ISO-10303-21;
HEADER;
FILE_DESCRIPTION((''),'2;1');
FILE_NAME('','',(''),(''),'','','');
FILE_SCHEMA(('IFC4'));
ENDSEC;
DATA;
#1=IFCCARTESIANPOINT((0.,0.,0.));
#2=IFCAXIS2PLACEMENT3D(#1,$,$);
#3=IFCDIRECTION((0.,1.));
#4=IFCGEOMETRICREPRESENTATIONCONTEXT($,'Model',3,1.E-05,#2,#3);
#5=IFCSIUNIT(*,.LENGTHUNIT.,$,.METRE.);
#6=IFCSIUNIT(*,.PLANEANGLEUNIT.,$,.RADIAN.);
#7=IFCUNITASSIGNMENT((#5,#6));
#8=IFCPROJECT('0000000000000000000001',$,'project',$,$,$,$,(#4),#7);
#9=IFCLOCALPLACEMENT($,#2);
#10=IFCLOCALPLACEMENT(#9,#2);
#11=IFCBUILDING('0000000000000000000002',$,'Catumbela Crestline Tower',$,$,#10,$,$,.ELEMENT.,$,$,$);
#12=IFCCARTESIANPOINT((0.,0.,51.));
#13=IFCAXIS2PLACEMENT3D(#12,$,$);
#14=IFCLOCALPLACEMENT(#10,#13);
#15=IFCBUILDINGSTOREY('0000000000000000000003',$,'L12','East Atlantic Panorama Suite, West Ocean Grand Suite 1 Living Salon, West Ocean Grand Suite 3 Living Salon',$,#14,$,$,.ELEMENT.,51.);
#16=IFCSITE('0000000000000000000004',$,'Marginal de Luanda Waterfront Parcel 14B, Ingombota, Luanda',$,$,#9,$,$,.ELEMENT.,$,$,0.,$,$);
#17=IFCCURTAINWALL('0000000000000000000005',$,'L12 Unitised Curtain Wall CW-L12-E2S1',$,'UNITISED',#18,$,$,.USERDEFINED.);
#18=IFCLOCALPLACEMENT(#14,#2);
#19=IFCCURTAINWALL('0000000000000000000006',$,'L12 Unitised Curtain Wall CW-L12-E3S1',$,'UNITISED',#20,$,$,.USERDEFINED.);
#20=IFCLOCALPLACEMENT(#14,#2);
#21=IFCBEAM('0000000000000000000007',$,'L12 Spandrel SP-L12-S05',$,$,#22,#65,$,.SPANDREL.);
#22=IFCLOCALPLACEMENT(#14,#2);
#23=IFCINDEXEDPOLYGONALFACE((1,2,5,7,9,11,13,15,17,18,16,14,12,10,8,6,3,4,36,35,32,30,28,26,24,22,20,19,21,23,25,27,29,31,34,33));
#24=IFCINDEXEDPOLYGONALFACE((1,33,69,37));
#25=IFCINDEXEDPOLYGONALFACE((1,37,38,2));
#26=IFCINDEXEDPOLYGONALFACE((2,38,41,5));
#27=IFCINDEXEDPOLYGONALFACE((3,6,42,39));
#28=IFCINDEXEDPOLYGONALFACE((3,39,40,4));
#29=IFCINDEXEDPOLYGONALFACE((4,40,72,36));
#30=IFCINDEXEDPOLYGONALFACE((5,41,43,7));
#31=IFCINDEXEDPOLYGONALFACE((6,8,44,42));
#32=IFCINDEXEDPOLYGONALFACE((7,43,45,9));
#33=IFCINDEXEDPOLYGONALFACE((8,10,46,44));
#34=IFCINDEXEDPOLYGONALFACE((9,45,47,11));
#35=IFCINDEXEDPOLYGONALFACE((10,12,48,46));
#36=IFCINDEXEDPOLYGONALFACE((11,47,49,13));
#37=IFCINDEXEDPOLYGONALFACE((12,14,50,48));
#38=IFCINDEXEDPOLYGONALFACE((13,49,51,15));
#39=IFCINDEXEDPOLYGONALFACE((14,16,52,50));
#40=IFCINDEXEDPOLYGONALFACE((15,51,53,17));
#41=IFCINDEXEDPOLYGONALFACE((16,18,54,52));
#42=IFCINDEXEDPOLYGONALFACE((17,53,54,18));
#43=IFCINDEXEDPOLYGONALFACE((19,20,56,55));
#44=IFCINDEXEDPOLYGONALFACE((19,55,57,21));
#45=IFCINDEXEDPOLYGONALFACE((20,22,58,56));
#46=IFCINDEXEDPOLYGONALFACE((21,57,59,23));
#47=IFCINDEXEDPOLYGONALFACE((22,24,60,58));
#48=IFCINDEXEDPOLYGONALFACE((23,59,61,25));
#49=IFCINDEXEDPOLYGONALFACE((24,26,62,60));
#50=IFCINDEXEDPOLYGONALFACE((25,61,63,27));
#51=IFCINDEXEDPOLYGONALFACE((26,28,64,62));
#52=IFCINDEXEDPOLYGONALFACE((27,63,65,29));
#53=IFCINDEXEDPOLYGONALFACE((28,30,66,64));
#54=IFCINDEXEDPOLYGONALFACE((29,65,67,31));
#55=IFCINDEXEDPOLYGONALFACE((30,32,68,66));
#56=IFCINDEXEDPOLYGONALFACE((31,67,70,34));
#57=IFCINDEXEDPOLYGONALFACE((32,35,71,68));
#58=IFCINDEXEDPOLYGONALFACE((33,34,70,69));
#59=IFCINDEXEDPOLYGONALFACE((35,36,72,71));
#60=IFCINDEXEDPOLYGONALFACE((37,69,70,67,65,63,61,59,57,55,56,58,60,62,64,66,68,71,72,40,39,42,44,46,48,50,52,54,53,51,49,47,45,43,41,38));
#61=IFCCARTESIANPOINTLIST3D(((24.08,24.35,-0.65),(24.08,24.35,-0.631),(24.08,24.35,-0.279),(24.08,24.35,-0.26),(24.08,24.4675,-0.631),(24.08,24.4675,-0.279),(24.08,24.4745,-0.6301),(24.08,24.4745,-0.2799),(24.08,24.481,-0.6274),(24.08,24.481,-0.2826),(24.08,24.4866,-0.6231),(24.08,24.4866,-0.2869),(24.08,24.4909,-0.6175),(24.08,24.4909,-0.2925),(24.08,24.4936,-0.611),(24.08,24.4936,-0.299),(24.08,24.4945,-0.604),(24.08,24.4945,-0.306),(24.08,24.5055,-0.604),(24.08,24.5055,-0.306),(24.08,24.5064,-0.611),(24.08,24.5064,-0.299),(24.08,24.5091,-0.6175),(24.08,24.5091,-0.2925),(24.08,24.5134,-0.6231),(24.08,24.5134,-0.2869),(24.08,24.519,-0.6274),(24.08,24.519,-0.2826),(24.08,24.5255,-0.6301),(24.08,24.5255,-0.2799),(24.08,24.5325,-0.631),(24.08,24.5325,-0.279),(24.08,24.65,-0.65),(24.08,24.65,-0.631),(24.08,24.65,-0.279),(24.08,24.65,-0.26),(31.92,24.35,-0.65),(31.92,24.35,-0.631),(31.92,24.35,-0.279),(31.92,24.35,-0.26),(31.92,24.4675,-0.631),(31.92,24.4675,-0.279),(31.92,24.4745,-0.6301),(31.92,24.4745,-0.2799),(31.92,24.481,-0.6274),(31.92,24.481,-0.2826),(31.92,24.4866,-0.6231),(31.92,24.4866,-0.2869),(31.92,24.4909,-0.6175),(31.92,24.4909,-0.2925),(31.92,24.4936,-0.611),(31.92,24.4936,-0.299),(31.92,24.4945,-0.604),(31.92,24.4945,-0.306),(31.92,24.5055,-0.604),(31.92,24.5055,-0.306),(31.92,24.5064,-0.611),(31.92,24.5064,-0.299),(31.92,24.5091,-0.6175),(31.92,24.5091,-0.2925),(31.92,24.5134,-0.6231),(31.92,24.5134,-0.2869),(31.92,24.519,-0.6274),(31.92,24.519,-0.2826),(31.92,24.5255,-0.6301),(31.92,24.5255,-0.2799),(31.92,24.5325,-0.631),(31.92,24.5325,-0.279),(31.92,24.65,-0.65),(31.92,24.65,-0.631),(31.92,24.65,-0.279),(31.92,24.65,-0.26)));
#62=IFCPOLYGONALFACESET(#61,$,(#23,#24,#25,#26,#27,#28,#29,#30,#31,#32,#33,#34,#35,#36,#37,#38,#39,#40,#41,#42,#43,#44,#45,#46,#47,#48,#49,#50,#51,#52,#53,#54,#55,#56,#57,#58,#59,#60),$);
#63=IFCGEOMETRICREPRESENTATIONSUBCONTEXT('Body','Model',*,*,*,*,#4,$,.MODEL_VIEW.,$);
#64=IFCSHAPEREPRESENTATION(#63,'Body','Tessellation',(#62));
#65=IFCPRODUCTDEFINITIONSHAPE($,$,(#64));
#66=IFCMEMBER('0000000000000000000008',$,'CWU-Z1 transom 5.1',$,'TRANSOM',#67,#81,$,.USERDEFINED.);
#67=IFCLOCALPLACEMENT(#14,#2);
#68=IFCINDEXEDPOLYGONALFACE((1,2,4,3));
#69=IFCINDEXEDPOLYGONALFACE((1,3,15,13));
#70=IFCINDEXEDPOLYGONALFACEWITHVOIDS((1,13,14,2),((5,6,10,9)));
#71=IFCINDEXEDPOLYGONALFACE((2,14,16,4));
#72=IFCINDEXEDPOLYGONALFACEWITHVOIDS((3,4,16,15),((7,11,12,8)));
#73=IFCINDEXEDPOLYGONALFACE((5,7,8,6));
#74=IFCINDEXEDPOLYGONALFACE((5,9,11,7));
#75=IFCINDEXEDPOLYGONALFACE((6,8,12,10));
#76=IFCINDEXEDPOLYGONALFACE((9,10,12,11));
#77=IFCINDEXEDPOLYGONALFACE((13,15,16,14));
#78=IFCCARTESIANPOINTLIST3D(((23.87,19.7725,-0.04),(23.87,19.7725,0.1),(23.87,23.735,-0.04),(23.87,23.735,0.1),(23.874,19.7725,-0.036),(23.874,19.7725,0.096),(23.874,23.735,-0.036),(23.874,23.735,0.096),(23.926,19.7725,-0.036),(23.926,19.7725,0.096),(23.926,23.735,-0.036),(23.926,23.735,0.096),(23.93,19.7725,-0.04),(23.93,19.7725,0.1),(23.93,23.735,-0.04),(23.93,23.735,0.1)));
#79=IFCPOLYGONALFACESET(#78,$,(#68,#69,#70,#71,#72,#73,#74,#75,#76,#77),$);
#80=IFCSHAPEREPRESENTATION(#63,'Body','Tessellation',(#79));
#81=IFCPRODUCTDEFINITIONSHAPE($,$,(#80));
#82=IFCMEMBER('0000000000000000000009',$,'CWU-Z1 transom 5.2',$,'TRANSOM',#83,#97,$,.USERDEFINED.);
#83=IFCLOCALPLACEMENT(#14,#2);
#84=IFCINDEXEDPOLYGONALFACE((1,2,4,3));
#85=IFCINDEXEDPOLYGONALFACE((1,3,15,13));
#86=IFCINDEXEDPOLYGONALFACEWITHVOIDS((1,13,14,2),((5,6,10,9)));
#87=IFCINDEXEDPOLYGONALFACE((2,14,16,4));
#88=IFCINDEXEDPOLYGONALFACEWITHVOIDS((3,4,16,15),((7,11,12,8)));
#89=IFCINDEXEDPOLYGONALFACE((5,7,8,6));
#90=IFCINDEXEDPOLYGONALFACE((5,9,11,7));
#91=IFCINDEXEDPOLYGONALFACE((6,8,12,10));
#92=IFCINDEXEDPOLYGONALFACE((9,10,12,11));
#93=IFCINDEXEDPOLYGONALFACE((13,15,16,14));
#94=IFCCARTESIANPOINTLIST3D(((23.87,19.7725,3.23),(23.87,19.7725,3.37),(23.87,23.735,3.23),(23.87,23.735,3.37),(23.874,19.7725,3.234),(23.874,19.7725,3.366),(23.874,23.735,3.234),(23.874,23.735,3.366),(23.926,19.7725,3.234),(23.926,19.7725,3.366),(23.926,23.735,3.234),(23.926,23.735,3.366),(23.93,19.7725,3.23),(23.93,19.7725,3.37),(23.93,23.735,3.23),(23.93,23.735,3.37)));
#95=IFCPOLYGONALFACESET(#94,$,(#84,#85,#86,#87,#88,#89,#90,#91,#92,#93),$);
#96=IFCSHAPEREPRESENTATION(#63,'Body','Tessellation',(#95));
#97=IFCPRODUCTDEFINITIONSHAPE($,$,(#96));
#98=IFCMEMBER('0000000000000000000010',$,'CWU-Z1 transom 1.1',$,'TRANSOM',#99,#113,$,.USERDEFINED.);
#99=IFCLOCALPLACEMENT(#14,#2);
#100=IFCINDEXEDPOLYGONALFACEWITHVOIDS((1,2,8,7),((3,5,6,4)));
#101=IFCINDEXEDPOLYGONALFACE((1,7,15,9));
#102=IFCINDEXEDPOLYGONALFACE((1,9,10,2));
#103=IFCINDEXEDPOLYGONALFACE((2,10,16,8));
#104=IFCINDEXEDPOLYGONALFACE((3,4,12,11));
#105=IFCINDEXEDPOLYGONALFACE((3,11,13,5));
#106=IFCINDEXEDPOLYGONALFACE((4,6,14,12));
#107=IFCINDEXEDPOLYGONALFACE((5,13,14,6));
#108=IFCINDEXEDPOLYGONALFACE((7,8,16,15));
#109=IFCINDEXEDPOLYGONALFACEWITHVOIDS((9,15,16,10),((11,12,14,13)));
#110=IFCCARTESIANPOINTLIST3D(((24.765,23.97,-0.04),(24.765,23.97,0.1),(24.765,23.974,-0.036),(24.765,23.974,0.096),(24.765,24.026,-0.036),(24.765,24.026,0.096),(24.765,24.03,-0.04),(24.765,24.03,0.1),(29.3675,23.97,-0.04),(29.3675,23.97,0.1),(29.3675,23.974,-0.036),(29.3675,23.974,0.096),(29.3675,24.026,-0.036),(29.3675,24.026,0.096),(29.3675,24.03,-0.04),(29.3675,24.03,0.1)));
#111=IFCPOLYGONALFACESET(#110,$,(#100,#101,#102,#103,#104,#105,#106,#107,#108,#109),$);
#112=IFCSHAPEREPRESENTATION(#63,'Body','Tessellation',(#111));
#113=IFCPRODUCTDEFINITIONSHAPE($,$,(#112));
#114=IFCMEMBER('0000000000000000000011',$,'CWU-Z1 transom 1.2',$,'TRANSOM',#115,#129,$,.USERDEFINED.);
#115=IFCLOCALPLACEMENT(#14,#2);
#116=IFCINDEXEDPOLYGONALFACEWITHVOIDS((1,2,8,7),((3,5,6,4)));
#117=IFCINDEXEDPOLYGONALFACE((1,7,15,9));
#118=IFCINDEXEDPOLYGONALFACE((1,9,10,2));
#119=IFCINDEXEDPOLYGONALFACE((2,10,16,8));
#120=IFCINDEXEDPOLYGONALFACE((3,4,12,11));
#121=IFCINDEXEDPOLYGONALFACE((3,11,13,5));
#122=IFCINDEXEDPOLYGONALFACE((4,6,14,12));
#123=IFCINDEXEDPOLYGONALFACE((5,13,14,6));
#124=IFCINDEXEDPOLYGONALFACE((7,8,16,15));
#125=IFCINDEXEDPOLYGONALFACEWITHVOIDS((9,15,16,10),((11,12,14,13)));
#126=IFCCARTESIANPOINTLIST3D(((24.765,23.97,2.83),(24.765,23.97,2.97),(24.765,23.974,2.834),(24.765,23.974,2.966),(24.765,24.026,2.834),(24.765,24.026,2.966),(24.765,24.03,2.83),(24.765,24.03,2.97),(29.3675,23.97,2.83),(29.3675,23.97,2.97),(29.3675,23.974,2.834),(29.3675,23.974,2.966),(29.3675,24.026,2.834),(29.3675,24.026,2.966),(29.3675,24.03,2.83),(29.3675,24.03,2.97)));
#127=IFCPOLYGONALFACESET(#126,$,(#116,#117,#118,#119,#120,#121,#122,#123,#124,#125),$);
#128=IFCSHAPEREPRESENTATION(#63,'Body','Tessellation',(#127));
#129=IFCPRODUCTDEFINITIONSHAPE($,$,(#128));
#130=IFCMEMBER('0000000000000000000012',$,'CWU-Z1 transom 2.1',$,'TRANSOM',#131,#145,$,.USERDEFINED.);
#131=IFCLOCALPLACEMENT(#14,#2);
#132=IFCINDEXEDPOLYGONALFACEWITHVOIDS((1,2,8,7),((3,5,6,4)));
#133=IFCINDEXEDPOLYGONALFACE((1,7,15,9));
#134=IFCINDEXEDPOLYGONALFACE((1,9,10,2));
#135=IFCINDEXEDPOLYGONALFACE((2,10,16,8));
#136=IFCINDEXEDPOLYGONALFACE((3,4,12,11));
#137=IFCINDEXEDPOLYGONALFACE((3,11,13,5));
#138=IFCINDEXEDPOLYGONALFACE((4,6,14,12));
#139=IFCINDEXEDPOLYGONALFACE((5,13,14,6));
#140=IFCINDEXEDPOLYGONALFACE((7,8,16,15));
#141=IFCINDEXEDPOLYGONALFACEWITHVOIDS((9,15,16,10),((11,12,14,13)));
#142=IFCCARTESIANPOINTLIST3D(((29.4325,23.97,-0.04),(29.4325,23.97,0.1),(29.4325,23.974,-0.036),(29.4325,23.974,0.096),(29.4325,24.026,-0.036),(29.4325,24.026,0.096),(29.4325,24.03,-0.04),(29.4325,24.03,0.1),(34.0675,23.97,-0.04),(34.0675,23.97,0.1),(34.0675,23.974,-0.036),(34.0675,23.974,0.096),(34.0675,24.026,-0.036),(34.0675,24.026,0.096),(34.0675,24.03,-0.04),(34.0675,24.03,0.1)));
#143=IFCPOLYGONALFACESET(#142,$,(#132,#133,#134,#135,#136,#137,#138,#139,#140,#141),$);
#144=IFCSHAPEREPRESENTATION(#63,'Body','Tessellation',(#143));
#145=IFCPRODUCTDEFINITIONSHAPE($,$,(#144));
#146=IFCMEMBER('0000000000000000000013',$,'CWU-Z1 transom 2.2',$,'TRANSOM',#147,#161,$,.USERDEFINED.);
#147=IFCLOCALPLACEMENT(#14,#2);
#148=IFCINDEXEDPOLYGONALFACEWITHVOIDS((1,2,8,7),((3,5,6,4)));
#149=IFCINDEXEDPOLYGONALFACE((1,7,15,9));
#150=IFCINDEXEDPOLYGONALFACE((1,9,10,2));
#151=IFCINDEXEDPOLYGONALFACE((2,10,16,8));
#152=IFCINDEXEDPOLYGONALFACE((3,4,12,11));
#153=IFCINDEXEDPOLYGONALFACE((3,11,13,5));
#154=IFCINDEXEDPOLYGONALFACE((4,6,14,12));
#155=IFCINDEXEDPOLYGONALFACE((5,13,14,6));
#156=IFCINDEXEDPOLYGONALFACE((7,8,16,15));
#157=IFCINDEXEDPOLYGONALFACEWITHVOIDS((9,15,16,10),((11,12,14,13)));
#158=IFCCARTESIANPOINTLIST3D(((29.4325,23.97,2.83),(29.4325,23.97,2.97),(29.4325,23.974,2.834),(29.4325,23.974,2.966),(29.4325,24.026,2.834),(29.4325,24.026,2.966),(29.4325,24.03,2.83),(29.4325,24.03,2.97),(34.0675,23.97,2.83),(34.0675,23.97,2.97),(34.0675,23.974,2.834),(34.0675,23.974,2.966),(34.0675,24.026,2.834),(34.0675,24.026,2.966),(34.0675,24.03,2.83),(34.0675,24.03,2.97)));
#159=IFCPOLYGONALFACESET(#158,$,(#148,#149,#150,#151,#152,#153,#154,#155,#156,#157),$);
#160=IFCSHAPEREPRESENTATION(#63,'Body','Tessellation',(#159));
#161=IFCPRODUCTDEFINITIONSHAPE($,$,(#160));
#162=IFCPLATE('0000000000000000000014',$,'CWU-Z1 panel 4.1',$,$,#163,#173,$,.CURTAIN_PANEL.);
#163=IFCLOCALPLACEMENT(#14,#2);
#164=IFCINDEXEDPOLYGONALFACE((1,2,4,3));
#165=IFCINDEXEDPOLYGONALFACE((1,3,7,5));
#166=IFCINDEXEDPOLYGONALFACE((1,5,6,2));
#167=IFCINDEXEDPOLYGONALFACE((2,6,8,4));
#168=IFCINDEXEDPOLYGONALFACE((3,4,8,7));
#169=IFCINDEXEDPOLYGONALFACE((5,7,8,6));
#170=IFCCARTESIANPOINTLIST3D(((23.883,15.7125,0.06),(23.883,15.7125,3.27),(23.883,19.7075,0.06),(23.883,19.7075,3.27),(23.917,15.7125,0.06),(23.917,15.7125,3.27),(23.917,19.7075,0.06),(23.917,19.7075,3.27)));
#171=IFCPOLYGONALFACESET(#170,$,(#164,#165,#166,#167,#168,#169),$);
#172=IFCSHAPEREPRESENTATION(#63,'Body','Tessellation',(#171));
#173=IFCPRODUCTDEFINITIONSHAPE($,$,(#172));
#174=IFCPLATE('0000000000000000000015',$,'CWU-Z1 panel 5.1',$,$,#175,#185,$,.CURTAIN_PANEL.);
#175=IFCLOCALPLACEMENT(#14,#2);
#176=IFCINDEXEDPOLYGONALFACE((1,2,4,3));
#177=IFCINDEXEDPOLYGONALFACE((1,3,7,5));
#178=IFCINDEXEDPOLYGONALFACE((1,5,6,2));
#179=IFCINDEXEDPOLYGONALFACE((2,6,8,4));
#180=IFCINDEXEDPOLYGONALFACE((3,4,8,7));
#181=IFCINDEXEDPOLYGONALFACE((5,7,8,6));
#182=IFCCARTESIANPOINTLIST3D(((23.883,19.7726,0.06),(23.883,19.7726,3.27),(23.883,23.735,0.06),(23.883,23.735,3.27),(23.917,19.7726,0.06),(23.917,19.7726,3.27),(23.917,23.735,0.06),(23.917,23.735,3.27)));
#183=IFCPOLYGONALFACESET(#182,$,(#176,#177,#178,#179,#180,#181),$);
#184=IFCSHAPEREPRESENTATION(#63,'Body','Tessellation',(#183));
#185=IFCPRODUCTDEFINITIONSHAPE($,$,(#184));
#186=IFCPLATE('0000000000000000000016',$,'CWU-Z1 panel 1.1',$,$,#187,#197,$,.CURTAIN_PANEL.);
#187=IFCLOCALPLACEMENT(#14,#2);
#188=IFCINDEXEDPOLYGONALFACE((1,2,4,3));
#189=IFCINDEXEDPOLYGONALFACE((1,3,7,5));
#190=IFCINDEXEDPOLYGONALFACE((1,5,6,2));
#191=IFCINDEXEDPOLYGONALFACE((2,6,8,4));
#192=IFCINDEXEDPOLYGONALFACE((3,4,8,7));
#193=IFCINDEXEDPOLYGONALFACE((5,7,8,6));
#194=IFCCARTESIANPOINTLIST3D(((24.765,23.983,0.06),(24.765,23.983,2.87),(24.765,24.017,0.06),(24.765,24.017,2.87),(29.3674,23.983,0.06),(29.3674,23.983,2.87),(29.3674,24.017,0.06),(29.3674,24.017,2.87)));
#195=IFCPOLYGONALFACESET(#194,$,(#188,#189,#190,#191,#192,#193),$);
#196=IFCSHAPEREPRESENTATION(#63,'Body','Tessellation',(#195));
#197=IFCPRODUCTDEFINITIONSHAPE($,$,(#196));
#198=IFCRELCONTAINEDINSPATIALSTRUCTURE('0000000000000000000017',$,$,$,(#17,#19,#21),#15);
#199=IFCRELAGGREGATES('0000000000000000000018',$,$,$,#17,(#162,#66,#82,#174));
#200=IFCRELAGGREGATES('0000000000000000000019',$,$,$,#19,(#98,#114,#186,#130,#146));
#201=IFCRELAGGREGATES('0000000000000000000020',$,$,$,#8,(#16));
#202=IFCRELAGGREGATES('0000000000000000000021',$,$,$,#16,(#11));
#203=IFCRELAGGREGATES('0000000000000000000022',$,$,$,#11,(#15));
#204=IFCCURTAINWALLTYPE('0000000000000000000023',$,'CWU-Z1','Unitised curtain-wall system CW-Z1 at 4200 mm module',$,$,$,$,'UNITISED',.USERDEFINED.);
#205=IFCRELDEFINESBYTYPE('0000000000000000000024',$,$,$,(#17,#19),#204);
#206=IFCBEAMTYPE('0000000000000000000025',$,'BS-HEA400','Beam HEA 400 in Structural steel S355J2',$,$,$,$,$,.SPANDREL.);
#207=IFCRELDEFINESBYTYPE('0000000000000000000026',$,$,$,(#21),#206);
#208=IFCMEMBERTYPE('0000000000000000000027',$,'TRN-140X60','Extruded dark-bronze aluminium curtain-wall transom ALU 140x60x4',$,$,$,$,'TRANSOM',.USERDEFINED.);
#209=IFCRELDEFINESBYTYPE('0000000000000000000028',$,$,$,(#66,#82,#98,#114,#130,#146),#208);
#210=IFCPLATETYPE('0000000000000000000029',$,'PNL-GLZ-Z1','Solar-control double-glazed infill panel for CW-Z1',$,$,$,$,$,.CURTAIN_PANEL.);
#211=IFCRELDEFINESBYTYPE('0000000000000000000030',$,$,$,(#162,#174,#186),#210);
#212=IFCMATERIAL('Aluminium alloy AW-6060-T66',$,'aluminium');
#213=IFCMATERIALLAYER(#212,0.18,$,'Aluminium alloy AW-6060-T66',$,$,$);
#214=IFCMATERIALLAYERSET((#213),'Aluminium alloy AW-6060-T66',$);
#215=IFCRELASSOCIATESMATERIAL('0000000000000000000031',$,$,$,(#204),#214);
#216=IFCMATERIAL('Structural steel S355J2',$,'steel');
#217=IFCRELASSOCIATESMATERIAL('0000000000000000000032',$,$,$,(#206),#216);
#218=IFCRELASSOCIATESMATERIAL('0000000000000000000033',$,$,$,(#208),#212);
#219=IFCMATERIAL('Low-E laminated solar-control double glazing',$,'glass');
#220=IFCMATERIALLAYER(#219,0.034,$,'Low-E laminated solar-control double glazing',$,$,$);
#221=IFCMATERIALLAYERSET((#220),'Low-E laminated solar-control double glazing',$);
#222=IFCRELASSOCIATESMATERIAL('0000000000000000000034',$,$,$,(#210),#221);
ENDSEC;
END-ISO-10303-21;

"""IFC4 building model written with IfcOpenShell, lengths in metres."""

from ifc_helpers import new_model, si_unit, direction, frame, origin, origin_2d, place, context, subcontext, project, spatial, rectangle, hollow_rectangle, i_section, extrude, material, layer, layer_set, material_profile, profile_set, type_object, element, aggregate, save


model = new_model("IFC4")

# Units and contexts
model_context = context("Model", 3, precision=1e-05, world=origin(), true_north=direction((0.0, 1.0)))
body_context = subcontext(model_context, "Body", "Model", "MODEL_VIEW")
ifc_project = project(units=[si_unit("LENGTHUNIT", "METRE"), si_unit("PLANEANGLEUNIT", "RADIAN")], contexts=[model_context])

# Site, building, storey
site_placement = place(None, origin())
site = spatial("IfcSite", under=ifc_project, at=site_placement, Name="Marginal de Luanda Waterfront Parcel 14B, Ingombota, Luanda", CompositionType="ELEMENT", RefElevation=0.0)
building_placement = place(site_placement, origin())
building = spatial("IfcBuilding", under=site, at=building_placement, Name="Catumbela Crestline Tower", CompositionType="ELEMENT")
storey_placement = place(building_placement, frame((0.0, 0.0, 51.0)))
storey = spatial("IfcBuildingStorey", under=building, at=storey_placement, Name="L12", Description="East Atlantic Panorama Suite, West Ocean Grand Suite 1 Living Salon, West Ocean Grand Suite 3 Living Salon", CompositionType="ELEMENT", Elevation=51.0)

# Shared definitions
ifc_material_1 = material(Name="Structural steel S355J2", Category="steel")

# Curtain walls
ifc_material_2 = material(Name="Aluminium alloy AW-6060-T66", Category="aluminium")
ifc_layer_1 = layer(ifc_material_2, 0.18, Name="Aluminium alloy AW-6060-T66")
ifc_layer_set_1 = layer_set([ifc_layer_1], Name="Aluminium alloy AW-6060-T66")
curtain_wall_type = type_object("IfcCurtainWallType", Name="CWU-Z1", Description="Unitised curtain-wall system CW-Z1 at 4200 mm module", ElementType="UNITISED", PredefinedType="USERDEFINED", material=ifc_layer_set_1)
curtain_wall_1_placement = place(storey_placement, origin())
curtain_wall_1 = element("IfcCurtainWall", 1, at=curtain_wall_1_placement, inside=storey, type_object=curtain_wall_type, Name="L12 Unitised Curtain Wall CW-L12-E2S1", ObjectType="UNITISED", PredefinedType="USERDEFINED")
curtain_wall_2_placement = place(storey_placement, origin())
curtain_wall_2 = element("IfcCurtainWall", 2, at=curtain_wall_2_placement, inside=storey, type_object=curtain_wall_type, Name="L12 Unitised Curtain Wall CW-L12-E3S1", ObjectType="UNITISED", PredefinedType="USERDEFINED")

# Beam
ifc_material_profile_1 = material_profile(ifc_material_1, i_section(OverallWidth=0.3, OverallDepth=0.39, WebThickness=0.011, FlangeThickness=0.019, FilletRadius=0.027, at=origin_2d()), Name="HEA 400")
ifc_profile_set_1 = profile_set([ifc_material_profile_1], Name="Structural steel S355J2")
beam_type_1 = type_object("IfcBeamType", Name="BS-HEA400", Description="Beam HEA 400 in Structural steel S355J2", PredefinedType="SPANDREL", material=ifc_profile_set_1)
beam_1_placement = place(storey_placement, frame((24.08, 24.5, -0.455), z_axis=(1.0, 0.0, 0.0), x_axis=(0.0, 1.0, 0.0)))
element("IfcBeam", 3, at=beam_1_placement, inside=storey, type_object=beam_type_1, Name="L12 Spandrel SP-L12-S05", PredefinedType="SPANDREL", context=body_context, shape_type="SweptSolid", body=[
    extrude(i_section(OverallWidth=0.3, OverallDepth=0.39, WebThickness=0.011, FlangeThickness=0.019, FilletRadius=0.027, at=origin_2d()), origin(), (0.0, 0.0, 1.0), 7.84),
])

# Members
ifc_material_profile_2 = material_profile(ifc_material_2, hollow_rectangle(XDim=0.06, YDim=0.14, WallThickness=0.004, at=origin_2d()), Name="ALU 140x60x4")
ifc_profile_set_2 = profile_set([ifc_material_profile_2], Name="Aluminium alloy AW-6060-T66")
member_type_1 = type_object("IfcMemberType", Name="TRN-140X60", Description="Extruded dark-bronze aluminium curtain-wall transom ALU 140x60x4", ElementType="TRANSOM", PredefinedType="USERDEFINED", material=ifc_profile_set_2)
member_1_placement = place(storey_placement, frame((23.9, 19.7725, 0.03), z_axis=(0.0, 1.0, 0.0), x_axis=(-1.0, 0.0, 0.0)))
member_1 = element("IfcMember", 4, at=member_1_placement, type_object=member_type_1, Name="CWU-Z1 transom 5.1", ObjectType="TRANSOM", PredefinedType="USERDEFINED", context=body_context, shape_type="SweptSolid", body=[
    extrude(hollow_rectangle(XDim=0.06, YDim=0.14, WallThickness=0.004, at=origin_2d()), origin(), (0.0, 0.0, 1.0), 3.9625),
])
member_2_placement = place(storey_placement, frame((23.9, 19.7725, 3.3), z_axis=(0.0, 1.0, 0.0), x_axis=(-1.0, 0.0, 0.0)))
member_2 = element("IfcMember", 5, at=member_2_placement, type_object=member_type_1, Name="CWU-Z1 transom 5.2", ObjectType="TRANSOM", PredefinedType="USERDEFINED", context=body_context, shape_type="SweptSolid", body=[
    extrude(hollow_rectangle(XDim=0.06, YDim=0.14, WallThickness=0.004, at=origin_2d()), origin(), (0.0, 0.0, 1.0), 3.9625),
])
member_3_placement = place(storey_placement, frame((24.765, 24.0, 0.03), z_axis=(1.0, 0.0, 0.0), x_axis=(0.0, 1.0, 0.0)))
member_3 = element("IfcMember", 6, at=member_3_placement, type_object=member_type_1, Name="CWU-Z1 transom 1.1", ObjectType="TRANSOM", PredefinedType="USERDEFINED", context=body_context, shape_type="SweptSolid", body=[
    extrude(hollow_rectangle(XDim=0.06, YDim=0.14, WallThickness=0.004, at=origin_2d()), origin(), (0.0, 0.0, 1.0), 4.6025),
])
member_4_placement = place(storey_placement, frame((24.765, 24.0, 2.9), z_axis=(1.0, 0.0, 0.0), x_axis=(0.0, 1.0, 0.0)))
member_4 = element("IfcMember", 7, at=member_4_placement, type_object=member_type_1, Name="CWU-Z1 transom 1.2", ObjectType="TRANSOM", PredefinedType="USERDEFINED", context=body_context, shape_type="SweptSolid", body=[
    extrude(hollow_rectangle(XDim=0.06, YDim=0.14, WallThickness=0.004, at=origin_2d()), origin(), (0.0, 0.0, 1.0), 4.6025),
])
member_5_placement = place(storey_placement, frame((29.4325, 24.0, 0.03), z_axis=(1.0, 0.0, 0.0), x_axis=(0.0, 1.0, 0.0)))
member_5 = element("IfcMember", 8, at=member_5_placement, type_object=member_type_1, Name="CWU-Z1 transom 2.1", ObjectType="TRANSOM", PredefinedType="USERDEFINED", context=body_context, shape_type="SweptSolid", body=[
    extrude(hollow_rectangle(XDim=0.06, YDim=0.14, WallThickness=0.004, at=origin_2d()), origin(), (0.0, 0.0, 1.0), 4.635),
])
member_6_placement = place(storey_placement, frame((29.4325, 24.0, 2.9), z_axis=(1.0, 0.0, 0.0), x_axis=(0.0, 1.0, 0.0)))
member_6 = element("IfcMember", 9, at=member_6_placement, type_object=member_type_1, Name="CWU-Z1 transom 2.2", ObjectType="TRANSOM", PredefinedType="USERDEFINED", context=body_context, shape_type="SweptSolid", body=[
    extrude(hollow_rectangle(XDim=0.06, YDim=0.14, WallThickness=0.004, at=origin_2d()), origin(), (0.0, 0.0, 1.0), 4.635),
])

# Plates
ifc_material_3 = material(Name="Low-E laminated solar-control double glazing", Category="glass")
ifc_layer_2 = layer(ifc_material_3, 0.034, Name="Low-E laminated solar-control double glazing")
ifc_layer_set_2 = layer_set([ifc_layer_2], Name="Low-E laminated solar-control double glazing")
plate_type = type_object("IfcPlateType", Name="PNL-GLZ-Z1", Description="Solar-control double-glazed infill panel for CW-Z1", PredefinedType="CURTAIN_PANEL", material=ifc_layer_set_2)
plate_1_placement = place(storey_placement, frame((23.9, 17.71, 0.06), z_axis=(0.0, 0.0, 1.0), x_axis=(0.0, 1.0, 0.0)))
plate_1 = element("IfcPlate", 10, at=plate_1_placement, type_object=plate_type, Name="CWU-Z1 panel 4.1", PredefinedType="CURTAIN_PANEL", context=body_context, shape_type="SweptSolid", body=[
    extrude(rectangle(XDim=3.995, YDim=0.034, at=origin_2d()), origin(), (0.0, 0.0, 1.0), 3.21),
])
plate_2_placement = place(storey_placement, frame((23.9, 21.7538, 0.06), z_axis=(0.0, 0.0, 1.0), x_axis=(0.0, 1.0, 0.0)))
plate_2 = element("IfcPlate", 11, at=plate_2_placement, type_object=plate_type, Name="CWU-Z1 panel 5.1", PredefinedType="CURTAIN_PANEL", context=body_context, shape_type="SweptSolid", body=[
    extrude(rectangle(XDim=3.9625, YDim=0.034, at=origin_2d()), origin(), (0.0, 0.0, 1.0), 3.21),
])
aggregate(curtain_wall_1, [plate_1, member_1, member_2, plate_2])
plate_3_placement = place(storey_placement, frame((27.0662, 24.0, 0.06), z_axis=(0.0, 0.0, 1.0), x_axis=(1.0, 0.0, 0.0)))
plate_3 = element("IfcPlate", 12, at=plate_3_placement, type_object=plate_type, Name="CWU-Z1 panel 1.1", PredefinedType="CURTAIN_PANEL", context=body_context, shape_type="SweptSolid", body=[
    extrude(rectangle(XDim=4.6025, YDim=0.034, at=origin_2d()), origin(), (0.0, 0.0, 1.0), 2.81),
])
aggregate(curtain_wall_2, [member_3, member_4, plate_3, member_5, member_6])

save(model, "model.ifc")
